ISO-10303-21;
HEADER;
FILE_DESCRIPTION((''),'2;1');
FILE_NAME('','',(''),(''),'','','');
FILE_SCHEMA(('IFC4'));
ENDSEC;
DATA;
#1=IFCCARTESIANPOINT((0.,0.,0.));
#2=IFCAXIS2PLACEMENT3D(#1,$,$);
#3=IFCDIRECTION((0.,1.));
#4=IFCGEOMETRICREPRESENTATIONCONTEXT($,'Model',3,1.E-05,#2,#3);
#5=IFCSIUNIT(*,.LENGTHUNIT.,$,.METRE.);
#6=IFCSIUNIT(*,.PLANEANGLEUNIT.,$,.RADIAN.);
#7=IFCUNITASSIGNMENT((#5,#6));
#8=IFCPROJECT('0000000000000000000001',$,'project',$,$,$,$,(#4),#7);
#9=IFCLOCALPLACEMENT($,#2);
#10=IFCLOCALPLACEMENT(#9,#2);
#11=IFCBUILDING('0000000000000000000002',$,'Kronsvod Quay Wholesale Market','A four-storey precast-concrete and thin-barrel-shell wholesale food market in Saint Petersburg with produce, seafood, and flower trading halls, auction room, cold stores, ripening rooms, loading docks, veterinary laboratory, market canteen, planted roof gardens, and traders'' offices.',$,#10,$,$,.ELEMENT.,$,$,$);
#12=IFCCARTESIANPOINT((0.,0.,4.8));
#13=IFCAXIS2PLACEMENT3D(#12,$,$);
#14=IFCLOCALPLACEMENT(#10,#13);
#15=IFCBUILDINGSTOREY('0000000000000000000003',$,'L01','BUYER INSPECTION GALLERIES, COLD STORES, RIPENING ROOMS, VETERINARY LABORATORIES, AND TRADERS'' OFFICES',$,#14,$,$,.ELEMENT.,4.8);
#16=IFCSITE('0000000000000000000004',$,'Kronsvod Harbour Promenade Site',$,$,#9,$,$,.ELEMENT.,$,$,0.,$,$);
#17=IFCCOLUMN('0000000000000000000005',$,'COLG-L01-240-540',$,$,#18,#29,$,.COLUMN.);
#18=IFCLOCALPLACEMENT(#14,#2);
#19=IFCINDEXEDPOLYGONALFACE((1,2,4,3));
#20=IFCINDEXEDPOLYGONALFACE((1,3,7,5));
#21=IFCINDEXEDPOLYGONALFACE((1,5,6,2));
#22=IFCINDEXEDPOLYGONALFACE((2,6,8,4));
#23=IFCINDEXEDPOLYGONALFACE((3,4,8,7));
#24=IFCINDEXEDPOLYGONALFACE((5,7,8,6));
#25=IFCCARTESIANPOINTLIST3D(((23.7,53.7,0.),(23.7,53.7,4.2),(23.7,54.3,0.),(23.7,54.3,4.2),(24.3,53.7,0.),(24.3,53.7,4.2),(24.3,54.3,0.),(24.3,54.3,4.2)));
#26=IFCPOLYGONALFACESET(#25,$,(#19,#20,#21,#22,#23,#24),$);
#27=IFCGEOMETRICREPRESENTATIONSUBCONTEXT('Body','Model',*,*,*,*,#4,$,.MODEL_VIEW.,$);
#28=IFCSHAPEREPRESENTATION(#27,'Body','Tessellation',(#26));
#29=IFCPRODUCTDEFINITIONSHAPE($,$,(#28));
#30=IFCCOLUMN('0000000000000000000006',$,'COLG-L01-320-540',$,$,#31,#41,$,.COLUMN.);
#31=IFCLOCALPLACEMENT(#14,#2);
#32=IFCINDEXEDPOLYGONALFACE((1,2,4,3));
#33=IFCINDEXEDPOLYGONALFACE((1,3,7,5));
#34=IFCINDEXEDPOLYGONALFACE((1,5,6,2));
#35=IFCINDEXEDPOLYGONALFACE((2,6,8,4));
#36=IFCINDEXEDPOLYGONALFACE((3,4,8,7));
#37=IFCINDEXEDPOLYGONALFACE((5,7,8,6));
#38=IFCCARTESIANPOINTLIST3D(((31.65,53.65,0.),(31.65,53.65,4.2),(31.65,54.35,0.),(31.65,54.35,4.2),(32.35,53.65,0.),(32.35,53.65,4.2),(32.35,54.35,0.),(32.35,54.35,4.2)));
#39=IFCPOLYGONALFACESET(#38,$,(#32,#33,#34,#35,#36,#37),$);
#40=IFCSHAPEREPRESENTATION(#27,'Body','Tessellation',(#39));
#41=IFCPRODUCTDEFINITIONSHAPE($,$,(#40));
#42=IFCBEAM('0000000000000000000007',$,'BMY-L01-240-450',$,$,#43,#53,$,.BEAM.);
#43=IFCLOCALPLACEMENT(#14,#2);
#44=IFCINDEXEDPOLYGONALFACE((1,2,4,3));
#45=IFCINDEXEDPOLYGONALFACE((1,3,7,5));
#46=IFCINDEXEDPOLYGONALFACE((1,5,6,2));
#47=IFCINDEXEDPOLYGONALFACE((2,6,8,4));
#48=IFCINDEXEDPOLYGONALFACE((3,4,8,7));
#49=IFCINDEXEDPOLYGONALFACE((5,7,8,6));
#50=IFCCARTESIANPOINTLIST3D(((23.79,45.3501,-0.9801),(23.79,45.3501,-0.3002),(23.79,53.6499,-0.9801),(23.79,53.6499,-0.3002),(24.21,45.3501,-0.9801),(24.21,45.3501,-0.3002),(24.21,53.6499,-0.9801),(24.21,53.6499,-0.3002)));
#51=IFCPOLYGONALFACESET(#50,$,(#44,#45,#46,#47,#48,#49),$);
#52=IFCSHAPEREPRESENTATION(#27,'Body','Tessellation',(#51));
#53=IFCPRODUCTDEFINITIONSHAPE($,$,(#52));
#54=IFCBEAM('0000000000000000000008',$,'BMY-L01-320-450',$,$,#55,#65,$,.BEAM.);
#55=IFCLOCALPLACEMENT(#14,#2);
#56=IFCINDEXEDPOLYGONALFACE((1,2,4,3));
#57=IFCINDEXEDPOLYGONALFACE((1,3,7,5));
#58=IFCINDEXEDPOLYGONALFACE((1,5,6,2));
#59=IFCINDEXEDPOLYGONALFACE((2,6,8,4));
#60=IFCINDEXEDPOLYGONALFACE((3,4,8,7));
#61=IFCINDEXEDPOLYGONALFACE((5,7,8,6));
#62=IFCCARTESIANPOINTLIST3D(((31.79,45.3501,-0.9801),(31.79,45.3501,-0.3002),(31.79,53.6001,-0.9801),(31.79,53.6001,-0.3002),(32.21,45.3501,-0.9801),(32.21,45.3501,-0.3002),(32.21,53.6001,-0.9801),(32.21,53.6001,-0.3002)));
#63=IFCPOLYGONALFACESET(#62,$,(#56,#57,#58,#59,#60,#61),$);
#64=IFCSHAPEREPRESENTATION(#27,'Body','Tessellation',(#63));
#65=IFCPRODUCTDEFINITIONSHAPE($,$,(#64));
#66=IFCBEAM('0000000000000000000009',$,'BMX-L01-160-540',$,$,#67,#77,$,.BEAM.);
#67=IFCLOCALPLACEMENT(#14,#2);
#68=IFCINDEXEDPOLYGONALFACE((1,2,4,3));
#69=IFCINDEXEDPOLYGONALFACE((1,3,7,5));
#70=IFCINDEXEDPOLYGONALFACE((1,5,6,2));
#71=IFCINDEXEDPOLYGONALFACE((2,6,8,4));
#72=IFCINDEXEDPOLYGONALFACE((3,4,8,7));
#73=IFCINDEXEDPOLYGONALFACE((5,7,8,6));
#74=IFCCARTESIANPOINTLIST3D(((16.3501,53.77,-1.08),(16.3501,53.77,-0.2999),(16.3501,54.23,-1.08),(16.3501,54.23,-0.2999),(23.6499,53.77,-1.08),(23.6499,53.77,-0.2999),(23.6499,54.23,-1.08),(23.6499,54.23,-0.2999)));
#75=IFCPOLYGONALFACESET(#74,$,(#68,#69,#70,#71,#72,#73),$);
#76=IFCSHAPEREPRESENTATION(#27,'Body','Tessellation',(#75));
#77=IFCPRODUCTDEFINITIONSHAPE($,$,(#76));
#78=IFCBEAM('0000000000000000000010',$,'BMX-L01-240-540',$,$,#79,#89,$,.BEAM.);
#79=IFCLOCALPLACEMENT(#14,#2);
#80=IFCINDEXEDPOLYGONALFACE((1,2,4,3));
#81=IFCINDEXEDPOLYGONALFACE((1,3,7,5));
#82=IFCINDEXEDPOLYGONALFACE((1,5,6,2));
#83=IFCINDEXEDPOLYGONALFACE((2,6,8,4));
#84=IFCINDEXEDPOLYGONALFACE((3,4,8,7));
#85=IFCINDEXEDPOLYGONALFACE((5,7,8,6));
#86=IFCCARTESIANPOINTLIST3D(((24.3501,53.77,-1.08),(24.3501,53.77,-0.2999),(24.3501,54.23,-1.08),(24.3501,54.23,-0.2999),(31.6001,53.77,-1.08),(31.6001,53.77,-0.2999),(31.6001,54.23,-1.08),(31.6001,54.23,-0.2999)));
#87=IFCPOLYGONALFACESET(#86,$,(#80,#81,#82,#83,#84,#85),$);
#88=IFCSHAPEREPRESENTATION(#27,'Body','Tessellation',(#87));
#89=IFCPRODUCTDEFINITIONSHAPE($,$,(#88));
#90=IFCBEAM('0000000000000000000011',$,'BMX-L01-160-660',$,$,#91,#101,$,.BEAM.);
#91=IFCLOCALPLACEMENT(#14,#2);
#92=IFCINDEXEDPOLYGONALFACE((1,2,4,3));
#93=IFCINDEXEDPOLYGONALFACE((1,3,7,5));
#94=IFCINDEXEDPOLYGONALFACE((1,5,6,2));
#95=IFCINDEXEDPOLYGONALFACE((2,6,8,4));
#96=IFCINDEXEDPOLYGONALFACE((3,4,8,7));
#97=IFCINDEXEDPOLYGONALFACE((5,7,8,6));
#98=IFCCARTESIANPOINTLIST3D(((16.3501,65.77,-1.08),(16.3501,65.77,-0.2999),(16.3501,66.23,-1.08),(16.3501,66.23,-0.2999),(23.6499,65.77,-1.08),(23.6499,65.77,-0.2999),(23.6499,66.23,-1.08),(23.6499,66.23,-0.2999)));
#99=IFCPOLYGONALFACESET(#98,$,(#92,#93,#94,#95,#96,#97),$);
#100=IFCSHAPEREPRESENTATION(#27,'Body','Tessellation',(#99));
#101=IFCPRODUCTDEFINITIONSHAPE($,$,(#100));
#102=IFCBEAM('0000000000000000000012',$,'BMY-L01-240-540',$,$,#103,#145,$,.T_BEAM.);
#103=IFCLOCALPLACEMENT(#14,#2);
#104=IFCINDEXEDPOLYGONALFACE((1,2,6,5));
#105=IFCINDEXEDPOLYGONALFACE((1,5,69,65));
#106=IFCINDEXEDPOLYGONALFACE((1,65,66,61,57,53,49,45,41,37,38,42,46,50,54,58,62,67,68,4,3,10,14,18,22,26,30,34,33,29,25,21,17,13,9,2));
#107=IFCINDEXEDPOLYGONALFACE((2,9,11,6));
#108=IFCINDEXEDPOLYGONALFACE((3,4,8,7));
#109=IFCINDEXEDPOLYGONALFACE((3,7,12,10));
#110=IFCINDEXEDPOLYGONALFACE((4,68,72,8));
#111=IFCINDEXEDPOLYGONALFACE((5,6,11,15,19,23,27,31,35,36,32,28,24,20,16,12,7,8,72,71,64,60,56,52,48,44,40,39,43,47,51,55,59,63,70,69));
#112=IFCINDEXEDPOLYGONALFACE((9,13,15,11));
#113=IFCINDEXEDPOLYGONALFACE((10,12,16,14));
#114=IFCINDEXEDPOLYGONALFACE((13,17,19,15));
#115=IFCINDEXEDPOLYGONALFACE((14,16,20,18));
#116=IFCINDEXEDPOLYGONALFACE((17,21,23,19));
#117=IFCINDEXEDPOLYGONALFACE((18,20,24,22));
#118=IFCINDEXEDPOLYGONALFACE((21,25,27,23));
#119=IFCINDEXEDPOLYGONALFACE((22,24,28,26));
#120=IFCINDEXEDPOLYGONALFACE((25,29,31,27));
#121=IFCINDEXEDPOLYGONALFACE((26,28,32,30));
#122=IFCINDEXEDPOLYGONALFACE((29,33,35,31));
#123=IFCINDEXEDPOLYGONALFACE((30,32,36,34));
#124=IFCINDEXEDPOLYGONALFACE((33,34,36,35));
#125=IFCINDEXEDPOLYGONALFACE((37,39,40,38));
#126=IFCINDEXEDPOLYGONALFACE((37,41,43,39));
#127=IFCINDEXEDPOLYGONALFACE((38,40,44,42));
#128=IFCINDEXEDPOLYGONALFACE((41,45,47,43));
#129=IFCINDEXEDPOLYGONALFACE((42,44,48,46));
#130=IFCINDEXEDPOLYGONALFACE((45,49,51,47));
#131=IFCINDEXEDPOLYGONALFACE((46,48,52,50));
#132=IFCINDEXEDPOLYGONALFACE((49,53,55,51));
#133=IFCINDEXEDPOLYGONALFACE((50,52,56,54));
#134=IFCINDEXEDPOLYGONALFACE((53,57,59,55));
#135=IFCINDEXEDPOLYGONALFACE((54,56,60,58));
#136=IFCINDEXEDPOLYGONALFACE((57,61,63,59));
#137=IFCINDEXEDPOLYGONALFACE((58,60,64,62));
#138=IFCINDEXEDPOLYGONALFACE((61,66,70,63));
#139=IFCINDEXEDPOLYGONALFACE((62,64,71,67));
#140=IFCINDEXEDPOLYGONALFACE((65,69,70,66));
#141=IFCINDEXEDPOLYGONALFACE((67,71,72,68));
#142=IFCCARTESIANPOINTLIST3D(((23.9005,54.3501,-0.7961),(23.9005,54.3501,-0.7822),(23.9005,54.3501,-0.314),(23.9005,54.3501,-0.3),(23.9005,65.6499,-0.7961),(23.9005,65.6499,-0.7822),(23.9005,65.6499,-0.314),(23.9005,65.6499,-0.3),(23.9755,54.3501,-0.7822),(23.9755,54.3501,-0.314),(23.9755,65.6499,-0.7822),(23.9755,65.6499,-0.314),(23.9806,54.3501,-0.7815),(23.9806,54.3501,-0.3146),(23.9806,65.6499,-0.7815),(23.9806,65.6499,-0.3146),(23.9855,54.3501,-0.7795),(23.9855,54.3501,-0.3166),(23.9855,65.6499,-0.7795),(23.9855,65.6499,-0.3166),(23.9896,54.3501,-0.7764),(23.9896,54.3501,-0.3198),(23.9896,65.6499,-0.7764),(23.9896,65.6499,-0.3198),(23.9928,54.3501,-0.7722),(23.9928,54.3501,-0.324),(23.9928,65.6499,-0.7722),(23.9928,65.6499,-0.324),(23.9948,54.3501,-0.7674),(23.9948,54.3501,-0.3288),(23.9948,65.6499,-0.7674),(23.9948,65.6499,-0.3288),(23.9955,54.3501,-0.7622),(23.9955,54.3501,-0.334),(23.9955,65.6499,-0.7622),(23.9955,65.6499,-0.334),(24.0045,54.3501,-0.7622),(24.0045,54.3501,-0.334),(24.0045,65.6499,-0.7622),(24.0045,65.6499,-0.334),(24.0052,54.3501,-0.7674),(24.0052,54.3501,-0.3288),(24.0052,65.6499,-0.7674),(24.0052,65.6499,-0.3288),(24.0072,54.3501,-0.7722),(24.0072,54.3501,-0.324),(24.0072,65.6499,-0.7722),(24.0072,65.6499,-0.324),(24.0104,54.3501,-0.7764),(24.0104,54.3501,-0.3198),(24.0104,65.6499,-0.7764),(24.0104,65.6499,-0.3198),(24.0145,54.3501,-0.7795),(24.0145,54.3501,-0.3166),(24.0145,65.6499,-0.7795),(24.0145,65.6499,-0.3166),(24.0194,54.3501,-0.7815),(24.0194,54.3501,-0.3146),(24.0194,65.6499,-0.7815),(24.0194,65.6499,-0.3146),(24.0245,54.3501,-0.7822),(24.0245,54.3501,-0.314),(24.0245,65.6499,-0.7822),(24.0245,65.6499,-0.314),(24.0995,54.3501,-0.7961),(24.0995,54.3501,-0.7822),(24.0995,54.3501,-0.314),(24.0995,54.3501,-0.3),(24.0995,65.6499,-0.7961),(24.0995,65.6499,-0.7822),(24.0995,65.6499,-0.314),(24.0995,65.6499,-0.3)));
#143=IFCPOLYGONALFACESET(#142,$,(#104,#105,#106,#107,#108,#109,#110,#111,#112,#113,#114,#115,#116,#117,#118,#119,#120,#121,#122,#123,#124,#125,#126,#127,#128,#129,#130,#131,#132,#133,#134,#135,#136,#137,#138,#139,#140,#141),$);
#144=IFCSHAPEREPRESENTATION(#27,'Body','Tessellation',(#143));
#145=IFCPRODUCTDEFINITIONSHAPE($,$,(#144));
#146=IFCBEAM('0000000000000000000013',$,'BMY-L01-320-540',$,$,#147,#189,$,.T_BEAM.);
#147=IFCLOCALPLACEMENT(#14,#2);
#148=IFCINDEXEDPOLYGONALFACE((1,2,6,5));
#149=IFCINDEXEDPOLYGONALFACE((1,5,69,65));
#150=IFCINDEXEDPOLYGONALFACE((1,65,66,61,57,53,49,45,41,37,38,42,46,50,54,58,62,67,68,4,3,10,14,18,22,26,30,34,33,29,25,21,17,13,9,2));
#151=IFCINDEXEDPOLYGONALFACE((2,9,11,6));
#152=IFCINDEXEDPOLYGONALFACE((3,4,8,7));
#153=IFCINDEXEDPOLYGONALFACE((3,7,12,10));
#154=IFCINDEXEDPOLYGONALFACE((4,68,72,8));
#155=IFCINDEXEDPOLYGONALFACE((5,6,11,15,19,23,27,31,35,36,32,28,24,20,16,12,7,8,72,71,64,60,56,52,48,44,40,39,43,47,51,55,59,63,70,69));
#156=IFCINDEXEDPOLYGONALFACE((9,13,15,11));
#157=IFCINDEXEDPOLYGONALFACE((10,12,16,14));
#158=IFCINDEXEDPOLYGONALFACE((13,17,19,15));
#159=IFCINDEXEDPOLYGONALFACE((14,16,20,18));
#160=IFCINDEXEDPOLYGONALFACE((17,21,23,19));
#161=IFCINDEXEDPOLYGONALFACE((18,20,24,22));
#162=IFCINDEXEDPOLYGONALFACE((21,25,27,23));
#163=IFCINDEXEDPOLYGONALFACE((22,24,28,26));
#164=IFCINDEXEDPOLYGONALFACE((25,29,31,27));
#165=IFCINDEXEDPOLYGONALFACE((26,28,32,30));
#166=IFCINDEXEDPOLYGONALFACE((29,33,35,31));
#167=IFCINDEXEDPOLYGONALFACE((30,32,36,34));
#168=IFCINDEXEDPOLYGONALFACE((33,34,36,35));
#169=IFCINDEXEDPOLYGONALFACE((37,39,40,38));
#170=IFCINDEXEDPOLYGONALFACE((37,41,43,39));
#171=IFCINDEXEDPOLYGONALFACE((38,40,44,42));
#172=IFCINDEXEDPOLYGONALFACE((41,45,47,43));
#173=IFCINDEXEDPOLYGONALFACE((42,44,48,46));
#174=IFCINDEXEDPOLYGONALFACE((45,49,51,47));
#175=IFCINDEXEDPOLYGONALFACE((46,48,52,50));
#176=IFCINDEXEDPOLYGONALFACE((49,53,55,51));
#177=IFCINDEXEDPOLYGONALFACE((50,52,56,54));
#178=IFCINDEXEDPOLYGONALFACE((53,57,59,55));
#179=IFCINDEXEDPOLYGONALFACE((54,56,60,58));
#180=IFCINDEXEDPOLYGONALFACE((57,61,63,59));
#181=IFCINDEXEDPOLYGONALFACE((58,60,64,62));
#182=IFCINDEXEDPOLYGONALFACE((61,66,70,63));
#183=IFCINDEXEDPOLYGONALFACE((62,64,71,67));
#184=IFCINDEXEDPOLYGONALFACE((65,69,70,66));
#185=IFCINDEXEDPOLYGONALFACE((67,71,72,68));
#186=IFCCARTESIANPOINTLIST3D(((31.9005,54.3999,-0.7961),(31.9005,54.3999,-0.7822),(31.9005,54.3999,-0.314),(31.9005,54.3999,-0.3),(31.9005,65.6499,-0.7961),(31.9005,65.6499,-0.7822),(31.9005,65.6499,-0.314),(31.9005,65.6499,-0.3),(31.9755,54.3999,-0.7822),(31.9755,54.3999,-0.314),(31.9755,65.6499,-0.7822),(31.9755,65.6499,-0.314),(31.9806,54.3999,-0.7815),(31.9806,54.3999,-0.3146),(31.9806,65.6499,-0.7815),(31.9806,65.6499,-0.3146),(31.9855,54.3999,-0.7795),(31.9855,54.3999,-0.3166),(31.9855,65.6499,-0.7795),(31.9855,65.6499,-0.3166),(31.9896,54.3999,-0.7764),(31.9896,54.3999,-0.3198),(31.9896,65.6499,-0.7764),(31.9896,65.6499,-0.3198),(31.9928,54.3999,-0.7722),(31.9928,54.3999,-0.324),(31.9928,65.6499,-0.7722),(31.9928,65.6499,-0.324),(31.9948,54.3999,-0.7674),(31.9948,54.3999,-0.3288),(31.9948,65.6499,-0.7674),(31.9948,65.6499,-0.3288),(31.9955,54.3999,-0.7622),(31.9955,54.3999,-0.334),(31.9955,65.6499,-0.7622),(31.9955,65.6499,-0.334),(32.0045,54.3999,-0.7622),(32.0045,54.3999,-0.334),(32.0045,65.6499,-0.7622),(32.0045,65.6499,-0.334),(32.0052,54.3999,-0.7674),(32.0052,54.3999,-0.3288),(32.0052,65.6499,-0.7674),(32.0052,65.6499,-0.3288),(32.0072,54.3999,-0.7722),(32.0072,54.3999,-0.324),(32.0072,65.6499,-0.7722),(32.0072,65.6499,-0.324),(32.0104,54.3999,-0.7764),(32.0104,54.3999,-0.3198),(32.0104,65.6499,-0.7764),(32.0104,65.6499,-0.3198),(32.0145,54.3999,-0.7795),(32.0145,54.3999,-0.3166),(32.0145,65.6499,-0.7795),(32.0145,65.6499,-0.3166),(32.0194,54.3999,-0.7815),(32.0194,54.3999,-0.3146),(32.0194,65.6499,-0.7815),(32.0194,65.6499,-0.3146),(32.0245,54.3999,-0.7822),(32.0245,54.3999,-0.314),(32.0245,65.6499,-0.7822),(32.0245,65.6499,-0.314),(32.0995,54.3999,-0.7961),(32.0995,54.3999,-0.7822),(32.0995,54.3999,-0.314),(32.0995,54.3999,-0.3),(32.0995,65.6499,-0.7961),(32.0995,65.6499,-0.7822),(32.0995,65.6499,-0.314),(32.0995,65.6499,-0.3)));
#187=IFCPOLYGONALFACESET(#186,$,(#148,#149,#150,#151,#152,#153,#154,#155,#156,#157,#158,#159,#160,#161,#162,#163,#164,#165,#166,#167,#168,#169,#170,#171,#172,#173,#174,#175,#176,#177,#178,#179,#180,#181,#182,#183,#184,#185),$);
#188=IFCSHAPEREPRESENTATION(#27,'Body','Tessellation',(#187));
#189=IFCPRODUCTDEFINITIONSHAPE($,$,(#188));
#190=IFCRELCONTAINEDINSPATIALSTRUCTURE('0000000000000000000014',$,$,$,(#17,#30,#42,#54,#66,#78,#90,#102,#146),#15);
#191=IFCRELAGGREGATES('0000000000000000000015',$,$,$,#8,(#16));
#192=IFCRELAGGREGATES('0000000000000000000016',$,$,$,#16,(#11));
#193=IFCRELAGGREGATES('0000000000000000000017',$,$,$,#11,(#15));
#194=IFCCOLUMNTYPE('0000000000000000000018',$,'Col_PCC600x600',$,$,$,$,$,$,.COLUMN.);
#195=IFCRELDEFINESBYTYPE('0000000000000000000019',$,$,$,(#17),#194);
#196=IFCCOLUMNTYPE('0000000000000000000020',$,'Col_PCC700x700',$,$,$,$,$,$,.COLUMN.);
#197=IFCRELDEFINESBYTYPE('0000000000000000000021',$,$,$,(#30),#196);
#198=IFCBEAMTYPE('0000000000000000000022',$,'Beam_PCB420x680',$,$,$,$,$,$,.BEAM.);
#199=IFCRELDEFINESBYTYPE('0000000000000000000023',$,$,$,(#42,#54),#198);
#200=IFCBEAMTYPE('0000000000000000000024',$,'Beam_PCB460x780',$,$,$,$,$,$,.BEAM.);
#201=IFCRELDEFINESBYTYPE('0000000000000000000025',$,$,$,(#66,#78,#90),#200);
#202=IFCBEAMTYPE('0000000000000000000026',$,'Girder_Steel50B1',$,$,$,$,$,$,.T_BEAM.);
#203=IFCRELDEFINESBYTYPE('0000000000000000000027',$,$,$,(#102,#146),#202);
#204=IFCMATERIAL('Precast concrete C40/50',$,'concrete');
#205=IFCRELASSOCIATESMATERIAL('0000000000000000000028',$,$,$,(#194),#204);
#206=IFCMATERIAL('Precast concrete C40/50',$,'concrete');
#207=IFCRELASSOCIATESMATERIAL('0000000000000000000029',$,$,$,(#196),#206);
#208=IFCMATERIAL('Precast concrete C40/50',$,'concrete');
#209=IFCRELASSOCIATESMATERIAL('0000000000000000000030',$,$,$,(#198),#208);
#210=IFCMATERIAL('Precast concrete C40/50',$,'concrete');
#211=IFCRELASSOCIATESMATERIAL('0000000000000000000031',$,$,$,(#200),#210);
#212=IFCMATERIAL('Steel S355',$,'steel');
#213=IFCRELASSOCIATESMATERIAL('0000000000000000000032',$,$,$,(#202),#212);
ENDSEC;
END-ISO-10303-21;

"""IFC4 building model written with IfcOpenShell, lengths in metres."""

from ifc_helpers import new_model, si_unit, direction, frame, origin, origin_2d, place, context, subcontext, project, spatial, rectangle, i_section, extrude, material, material_profile, profile_set, type_object, element, save


model = new_model("IFC4")

# Units and contexts
model_context = context("Model", 3, precision=1e-05, world=origin(), true_north=direction((0.0, 1.0)))
body_context = subcontext(model_context, "Body", "Model", "MODEL_VIEW")
ifc_project = project(units=[si_unit("LENGTHUNIT", "METRE"), si_unit("PLANEANGLEUNIT", "RADIAN")], contexts=[model_context])

# Site, building, storey
site_placement = place(None, origin())
site = spatial("IfcSite", under=ifc_project, at=site_placement, Name="Kronsvod Harbour Promenade Site", CompositionType="ELEMENT", RefElevation=0.0)
building_placement = place(site_placement, origin())
building = spatial("IfcBuilding", under=site, at=building_placement, Name="Kronsvod Quay Wholesale Market", Description="A four-storey precast-concrete and thin-barrel-shell wholesale food market in Saint Petersburg with produce, seafood, and flower trading halls, auction room, cold stores, ripening rooms, loading docks, veterinary laboratory, market canteen, planted roof gardens, and traders' offices.", CompositionType="ELEMENT")
storey_placement = place(building_placement, frame((0.0, 0.0, 4.8)))
storey = spatial("IfcBuildingStorey", under=building, at=storey_placement, Name="L01", Description="BUYER INSPECTION GALLERIES, COLD STORES, RIPENING ROOMS, VETERINARY LABORATORIES, AND TRADERS' OFFICES", CompositionType="ELEMENT", Elevation=4.8)

# Columns
ifc_material_1 = material(Name="Precast concrete C40/50", Category="concrete")
ifc_material_profile_1 = material_profile(ifc_material_1, rectangle(XDim=0.6001, YDim=0.6001, at=origin_2d()), Name="PCC600x600")
ifc_profile_set_1 = profile_set([ifc_material_profile_1], Name="Precast concrete C40/50")
column_type_1 = type_object("IfcColumnType", Name="Col_PCC600x600", PredefinedType="COLUMN", material=ifc_profile_set_1)
column_1_placement = place(storey_placement, frame((24.0, 54.0, 0.0), z_axis=(0.0, 0.0, 1.0), x_axis=(1.0, 0.0, 0.0)))
element("IfcColumn", 1, at=column_1_placement, inside=storey, type_object=column_type_1, Name="COLG-L01-240-540", PredefinedType="COLUMN", context=body_context, shape_type="SweptSolid", body=[
    extrude(rectangle(XDim=0.6001, YDim=0.6001, at=origin_2d()), origin(), (0.0, 0.0, 1.0), 4.2),
])
ifc_material_2 = material(Name="Precast concrete C40/50", Category="concrete")
ifc_material_profile_2 = material_profile(ifc_material_2, rectangle(XDim=0.7, YDim=0.7, at=origin_2d()), Name="PCC700x700")
ifc_profile_set_2 = profile_set([ifc_material_profile_2], Name="Precast concrete C40/50")
column_type_2 = type_object("IfcColumnType", Name="Col_PCC700x700", PredefinedType="COLUMN", material=ifc_profile_set_2)
column_2_placement = place(storey_placement, frame((32.0, 54.0, 0.0), z_axis=(0.0, 0.0, 1.0), x_axis=(1.0, 0.0, 0.0)))
element("IfcColumn", 2, at=column_2_placement, inside=storey, type_object=column_type_2, Name="COLG-L01-320-540", PredefinedType="COLUMN", context=body_context, shape_type="SweptSolid", body=[
    extrude(rectangle(XDim=0.7, YDim=0.7, at=origin_2d()), origin(), (0.0, 0.0, 1.0), 4.2),
])

# Beams
ifc_material_3 = material(Name="Precast concrete C40/50", Category="concrete")
ifc_material_profile_3 = material_profile(ifc_material_3, rectangle(XDim=0.4199, YDim=0.6799, at=origin_2d()), Name="PB-05")
ifc_profile_set_3 = profile_set([ifc_material_profile_3], Name="Precast concrete C40/50")
beam_type_1 = type_object("IfcBeamType", Name="Beam_PCB420x680", PredefinedType="BEAM", material=ifc_profile_set_3)
beam_1_placement = place(storey_placement, frame((24.0, 45.3501, -0.6401), z_axis=(0.0, 1.0, 0.0), x_axis=(-1.0, 0.0, 0.0)))
element("IfcBeam", 3, at=beam_1_placement, inside=storey, type_object=beam_type_1, Name="BMY-L01-240-450", PredefinedType="BEAM", context=body_context, shape_type="SweptSolid", body=[
    extrude(rectangle(XDim=0.4199, YDim=0.6799, at=origin_2d()), origin(), (0.0, 0.0, 1.0), 8.2998),
])
beam_2_placement = place(storey_placement, frame((32.0, 45.3501, -0.6401), z_axis=(0.0, 1.0, 0.0), x_axis=(-1.0, 0.0, 0.0)))
element("IfcBeam", 4, at=beam_2_placement, inside=storey, type_object=beam_type_1, Name="BMY-L01-320-450", PredefinedType="BEAM", context=body_context, shape_type="SweptSolid", body=[
    extrude(rectangle(XDim=0.4199, YDim=0.6799, at=origin_2d()), origin(), (0.0, 0.0, 1.0), 8.25),
])
ifc_material_4 = material(Name="Precast concrete C40/50", Category="concrete")
ifc_material_profile_4 = material_profile(ifc_material_4, rectangle(XDim=0.46, YDim=0.78, at=origin_2d()), Name="PB-03")
ifc_profile_set_4 = profile_set([ifc_material_profile_4], Name="Precast concrete C40/50")
beam_type_2 = type_object("IfcBeamType", Name="Beam_PCB460x780", PredefinedType="BEAM", material=ifc_profile_set_4)
beam_3_placement = place(storey_placement, frame((16.3501, 54.0, -0.6899), z_axis=(1.0, 0.0, 0.0), x_axis=(0.0, 1.0, 0.0)))
element("IfcBeam", 5, at=beam_3_placement, inside=storey, type_object=beam_type_2, Name="BMX-L01-160-540", PredefinedType="BEAM", context=body_context, shape_type="SweptSolid", body=[
    extrude(rectangle(XDim=0.46, YDim=0.78, at=origin_2d()), origin(), (0.0, 0.0, 1.0), 7.2998),
])
beam_4_placement = place(storey_placement, frame((24.3501, 54.0, -0.6899), z_axis=(1.0, 0.0, 0.0), x_axis=(0.0, 1.0, 0.0)))
element("IfcBeam", 6, at=beam_4_placement, inside=storey, type_object=beam_type_2, Name="BMX-L01-240-540", PredefinedType="BEAM", context=body_context, shape_type="SweptSolid", body=[
    extrude(rectangle(XDim=0.46, YDim=0.78, at=origin_2d()), origin(), (0.0, 0.0, 1.0), 7.25),
])
beam_5_placement = place(storey_placement, frame((16.3501, 66.0, -0.6899), z_axis=(1.0, 0.0, 0.0), x_axis=(0.0, 1.0, 0.0)))
element("IfcBeam", 7, at=beam_5_placement, inside=storey, type_object=beam_type_2, Name="BMX-L01-160-660", PredefinedType="BEAM", context=body_context, shape_type="SweptSolid", body=[
    extrude(rectangle(XDim=0.46, YDim=0.78, at=origin_2d()), origin(), (0.0, 0.0, 1.0), 7.2998),
])
ifc_material_5 = material(Name="Steel S355", Category="steel")
ifc_material_profile_5 = material_profile(ifc_material_5, i_section(OverallWidth=0.199, OverallDepth=0.4961, WebThickness=0.009, FlangeThickness=0.0139, FilletRadius=0.02, at=origin_2d()), Name="50B1")
ifc_profile_set_5 = profile_set([ifc_material_profile_5], Name="Steel S355")
beam_type_3 = type_object("IfcBeamType", Name="Girder_Steel50B1", PredefinedType="T_BEAM", material=ifc_profile_set_5)
beam_6_placement = place(storey_placement, frame((24.0, 54.3501, -0.5481), z_axis=(0.0, 1.0, 0.0), x_axis=(-1.0, 0.0, 0.0)))
element("IfcBeam", 8, at=beam_6_placement, inside=storey, type_object=beam_type_3, Name="BMY-L01-240-540", PredefinedType="T_BEAM", context=body_context, shape_type="SweptSolid", body=[
    extrude(i_section(OverallWidth=0.199, OverallDepth=0.4961, WebThickness=0.009, FlangeThickness=0.0139, FilletRadius=0.02, at=origin_2d()), origin(), (0.0, 0.0, 1.0), 11.2998),
])
beam_7_placement = place(storey_placement, frame((32.0, 54.3999, -0.5481), z_axis=(0.0, 1.0, 0.0), x_axis=(-1.0, 0.0, 0.0)))
element("IfcBeam", 9, at=beam_7_placement, inside=storey, type_object=beam_type_3, Name="BMY-L01-320-540", PredefinedType="T_BEAM", context=body_context, shape_type="SweptSolid", body=[
    extrude(i_section(OverallWidth=0.199, OverallDepth=0.4961, WebThickness=0.009, FlangeThickness=0.0139, FilletRadius=0.02, at=origin_2d()), origin(), (0.0, 0.0, 1.0), 11.25),
])

save(model, "model.ifc")
